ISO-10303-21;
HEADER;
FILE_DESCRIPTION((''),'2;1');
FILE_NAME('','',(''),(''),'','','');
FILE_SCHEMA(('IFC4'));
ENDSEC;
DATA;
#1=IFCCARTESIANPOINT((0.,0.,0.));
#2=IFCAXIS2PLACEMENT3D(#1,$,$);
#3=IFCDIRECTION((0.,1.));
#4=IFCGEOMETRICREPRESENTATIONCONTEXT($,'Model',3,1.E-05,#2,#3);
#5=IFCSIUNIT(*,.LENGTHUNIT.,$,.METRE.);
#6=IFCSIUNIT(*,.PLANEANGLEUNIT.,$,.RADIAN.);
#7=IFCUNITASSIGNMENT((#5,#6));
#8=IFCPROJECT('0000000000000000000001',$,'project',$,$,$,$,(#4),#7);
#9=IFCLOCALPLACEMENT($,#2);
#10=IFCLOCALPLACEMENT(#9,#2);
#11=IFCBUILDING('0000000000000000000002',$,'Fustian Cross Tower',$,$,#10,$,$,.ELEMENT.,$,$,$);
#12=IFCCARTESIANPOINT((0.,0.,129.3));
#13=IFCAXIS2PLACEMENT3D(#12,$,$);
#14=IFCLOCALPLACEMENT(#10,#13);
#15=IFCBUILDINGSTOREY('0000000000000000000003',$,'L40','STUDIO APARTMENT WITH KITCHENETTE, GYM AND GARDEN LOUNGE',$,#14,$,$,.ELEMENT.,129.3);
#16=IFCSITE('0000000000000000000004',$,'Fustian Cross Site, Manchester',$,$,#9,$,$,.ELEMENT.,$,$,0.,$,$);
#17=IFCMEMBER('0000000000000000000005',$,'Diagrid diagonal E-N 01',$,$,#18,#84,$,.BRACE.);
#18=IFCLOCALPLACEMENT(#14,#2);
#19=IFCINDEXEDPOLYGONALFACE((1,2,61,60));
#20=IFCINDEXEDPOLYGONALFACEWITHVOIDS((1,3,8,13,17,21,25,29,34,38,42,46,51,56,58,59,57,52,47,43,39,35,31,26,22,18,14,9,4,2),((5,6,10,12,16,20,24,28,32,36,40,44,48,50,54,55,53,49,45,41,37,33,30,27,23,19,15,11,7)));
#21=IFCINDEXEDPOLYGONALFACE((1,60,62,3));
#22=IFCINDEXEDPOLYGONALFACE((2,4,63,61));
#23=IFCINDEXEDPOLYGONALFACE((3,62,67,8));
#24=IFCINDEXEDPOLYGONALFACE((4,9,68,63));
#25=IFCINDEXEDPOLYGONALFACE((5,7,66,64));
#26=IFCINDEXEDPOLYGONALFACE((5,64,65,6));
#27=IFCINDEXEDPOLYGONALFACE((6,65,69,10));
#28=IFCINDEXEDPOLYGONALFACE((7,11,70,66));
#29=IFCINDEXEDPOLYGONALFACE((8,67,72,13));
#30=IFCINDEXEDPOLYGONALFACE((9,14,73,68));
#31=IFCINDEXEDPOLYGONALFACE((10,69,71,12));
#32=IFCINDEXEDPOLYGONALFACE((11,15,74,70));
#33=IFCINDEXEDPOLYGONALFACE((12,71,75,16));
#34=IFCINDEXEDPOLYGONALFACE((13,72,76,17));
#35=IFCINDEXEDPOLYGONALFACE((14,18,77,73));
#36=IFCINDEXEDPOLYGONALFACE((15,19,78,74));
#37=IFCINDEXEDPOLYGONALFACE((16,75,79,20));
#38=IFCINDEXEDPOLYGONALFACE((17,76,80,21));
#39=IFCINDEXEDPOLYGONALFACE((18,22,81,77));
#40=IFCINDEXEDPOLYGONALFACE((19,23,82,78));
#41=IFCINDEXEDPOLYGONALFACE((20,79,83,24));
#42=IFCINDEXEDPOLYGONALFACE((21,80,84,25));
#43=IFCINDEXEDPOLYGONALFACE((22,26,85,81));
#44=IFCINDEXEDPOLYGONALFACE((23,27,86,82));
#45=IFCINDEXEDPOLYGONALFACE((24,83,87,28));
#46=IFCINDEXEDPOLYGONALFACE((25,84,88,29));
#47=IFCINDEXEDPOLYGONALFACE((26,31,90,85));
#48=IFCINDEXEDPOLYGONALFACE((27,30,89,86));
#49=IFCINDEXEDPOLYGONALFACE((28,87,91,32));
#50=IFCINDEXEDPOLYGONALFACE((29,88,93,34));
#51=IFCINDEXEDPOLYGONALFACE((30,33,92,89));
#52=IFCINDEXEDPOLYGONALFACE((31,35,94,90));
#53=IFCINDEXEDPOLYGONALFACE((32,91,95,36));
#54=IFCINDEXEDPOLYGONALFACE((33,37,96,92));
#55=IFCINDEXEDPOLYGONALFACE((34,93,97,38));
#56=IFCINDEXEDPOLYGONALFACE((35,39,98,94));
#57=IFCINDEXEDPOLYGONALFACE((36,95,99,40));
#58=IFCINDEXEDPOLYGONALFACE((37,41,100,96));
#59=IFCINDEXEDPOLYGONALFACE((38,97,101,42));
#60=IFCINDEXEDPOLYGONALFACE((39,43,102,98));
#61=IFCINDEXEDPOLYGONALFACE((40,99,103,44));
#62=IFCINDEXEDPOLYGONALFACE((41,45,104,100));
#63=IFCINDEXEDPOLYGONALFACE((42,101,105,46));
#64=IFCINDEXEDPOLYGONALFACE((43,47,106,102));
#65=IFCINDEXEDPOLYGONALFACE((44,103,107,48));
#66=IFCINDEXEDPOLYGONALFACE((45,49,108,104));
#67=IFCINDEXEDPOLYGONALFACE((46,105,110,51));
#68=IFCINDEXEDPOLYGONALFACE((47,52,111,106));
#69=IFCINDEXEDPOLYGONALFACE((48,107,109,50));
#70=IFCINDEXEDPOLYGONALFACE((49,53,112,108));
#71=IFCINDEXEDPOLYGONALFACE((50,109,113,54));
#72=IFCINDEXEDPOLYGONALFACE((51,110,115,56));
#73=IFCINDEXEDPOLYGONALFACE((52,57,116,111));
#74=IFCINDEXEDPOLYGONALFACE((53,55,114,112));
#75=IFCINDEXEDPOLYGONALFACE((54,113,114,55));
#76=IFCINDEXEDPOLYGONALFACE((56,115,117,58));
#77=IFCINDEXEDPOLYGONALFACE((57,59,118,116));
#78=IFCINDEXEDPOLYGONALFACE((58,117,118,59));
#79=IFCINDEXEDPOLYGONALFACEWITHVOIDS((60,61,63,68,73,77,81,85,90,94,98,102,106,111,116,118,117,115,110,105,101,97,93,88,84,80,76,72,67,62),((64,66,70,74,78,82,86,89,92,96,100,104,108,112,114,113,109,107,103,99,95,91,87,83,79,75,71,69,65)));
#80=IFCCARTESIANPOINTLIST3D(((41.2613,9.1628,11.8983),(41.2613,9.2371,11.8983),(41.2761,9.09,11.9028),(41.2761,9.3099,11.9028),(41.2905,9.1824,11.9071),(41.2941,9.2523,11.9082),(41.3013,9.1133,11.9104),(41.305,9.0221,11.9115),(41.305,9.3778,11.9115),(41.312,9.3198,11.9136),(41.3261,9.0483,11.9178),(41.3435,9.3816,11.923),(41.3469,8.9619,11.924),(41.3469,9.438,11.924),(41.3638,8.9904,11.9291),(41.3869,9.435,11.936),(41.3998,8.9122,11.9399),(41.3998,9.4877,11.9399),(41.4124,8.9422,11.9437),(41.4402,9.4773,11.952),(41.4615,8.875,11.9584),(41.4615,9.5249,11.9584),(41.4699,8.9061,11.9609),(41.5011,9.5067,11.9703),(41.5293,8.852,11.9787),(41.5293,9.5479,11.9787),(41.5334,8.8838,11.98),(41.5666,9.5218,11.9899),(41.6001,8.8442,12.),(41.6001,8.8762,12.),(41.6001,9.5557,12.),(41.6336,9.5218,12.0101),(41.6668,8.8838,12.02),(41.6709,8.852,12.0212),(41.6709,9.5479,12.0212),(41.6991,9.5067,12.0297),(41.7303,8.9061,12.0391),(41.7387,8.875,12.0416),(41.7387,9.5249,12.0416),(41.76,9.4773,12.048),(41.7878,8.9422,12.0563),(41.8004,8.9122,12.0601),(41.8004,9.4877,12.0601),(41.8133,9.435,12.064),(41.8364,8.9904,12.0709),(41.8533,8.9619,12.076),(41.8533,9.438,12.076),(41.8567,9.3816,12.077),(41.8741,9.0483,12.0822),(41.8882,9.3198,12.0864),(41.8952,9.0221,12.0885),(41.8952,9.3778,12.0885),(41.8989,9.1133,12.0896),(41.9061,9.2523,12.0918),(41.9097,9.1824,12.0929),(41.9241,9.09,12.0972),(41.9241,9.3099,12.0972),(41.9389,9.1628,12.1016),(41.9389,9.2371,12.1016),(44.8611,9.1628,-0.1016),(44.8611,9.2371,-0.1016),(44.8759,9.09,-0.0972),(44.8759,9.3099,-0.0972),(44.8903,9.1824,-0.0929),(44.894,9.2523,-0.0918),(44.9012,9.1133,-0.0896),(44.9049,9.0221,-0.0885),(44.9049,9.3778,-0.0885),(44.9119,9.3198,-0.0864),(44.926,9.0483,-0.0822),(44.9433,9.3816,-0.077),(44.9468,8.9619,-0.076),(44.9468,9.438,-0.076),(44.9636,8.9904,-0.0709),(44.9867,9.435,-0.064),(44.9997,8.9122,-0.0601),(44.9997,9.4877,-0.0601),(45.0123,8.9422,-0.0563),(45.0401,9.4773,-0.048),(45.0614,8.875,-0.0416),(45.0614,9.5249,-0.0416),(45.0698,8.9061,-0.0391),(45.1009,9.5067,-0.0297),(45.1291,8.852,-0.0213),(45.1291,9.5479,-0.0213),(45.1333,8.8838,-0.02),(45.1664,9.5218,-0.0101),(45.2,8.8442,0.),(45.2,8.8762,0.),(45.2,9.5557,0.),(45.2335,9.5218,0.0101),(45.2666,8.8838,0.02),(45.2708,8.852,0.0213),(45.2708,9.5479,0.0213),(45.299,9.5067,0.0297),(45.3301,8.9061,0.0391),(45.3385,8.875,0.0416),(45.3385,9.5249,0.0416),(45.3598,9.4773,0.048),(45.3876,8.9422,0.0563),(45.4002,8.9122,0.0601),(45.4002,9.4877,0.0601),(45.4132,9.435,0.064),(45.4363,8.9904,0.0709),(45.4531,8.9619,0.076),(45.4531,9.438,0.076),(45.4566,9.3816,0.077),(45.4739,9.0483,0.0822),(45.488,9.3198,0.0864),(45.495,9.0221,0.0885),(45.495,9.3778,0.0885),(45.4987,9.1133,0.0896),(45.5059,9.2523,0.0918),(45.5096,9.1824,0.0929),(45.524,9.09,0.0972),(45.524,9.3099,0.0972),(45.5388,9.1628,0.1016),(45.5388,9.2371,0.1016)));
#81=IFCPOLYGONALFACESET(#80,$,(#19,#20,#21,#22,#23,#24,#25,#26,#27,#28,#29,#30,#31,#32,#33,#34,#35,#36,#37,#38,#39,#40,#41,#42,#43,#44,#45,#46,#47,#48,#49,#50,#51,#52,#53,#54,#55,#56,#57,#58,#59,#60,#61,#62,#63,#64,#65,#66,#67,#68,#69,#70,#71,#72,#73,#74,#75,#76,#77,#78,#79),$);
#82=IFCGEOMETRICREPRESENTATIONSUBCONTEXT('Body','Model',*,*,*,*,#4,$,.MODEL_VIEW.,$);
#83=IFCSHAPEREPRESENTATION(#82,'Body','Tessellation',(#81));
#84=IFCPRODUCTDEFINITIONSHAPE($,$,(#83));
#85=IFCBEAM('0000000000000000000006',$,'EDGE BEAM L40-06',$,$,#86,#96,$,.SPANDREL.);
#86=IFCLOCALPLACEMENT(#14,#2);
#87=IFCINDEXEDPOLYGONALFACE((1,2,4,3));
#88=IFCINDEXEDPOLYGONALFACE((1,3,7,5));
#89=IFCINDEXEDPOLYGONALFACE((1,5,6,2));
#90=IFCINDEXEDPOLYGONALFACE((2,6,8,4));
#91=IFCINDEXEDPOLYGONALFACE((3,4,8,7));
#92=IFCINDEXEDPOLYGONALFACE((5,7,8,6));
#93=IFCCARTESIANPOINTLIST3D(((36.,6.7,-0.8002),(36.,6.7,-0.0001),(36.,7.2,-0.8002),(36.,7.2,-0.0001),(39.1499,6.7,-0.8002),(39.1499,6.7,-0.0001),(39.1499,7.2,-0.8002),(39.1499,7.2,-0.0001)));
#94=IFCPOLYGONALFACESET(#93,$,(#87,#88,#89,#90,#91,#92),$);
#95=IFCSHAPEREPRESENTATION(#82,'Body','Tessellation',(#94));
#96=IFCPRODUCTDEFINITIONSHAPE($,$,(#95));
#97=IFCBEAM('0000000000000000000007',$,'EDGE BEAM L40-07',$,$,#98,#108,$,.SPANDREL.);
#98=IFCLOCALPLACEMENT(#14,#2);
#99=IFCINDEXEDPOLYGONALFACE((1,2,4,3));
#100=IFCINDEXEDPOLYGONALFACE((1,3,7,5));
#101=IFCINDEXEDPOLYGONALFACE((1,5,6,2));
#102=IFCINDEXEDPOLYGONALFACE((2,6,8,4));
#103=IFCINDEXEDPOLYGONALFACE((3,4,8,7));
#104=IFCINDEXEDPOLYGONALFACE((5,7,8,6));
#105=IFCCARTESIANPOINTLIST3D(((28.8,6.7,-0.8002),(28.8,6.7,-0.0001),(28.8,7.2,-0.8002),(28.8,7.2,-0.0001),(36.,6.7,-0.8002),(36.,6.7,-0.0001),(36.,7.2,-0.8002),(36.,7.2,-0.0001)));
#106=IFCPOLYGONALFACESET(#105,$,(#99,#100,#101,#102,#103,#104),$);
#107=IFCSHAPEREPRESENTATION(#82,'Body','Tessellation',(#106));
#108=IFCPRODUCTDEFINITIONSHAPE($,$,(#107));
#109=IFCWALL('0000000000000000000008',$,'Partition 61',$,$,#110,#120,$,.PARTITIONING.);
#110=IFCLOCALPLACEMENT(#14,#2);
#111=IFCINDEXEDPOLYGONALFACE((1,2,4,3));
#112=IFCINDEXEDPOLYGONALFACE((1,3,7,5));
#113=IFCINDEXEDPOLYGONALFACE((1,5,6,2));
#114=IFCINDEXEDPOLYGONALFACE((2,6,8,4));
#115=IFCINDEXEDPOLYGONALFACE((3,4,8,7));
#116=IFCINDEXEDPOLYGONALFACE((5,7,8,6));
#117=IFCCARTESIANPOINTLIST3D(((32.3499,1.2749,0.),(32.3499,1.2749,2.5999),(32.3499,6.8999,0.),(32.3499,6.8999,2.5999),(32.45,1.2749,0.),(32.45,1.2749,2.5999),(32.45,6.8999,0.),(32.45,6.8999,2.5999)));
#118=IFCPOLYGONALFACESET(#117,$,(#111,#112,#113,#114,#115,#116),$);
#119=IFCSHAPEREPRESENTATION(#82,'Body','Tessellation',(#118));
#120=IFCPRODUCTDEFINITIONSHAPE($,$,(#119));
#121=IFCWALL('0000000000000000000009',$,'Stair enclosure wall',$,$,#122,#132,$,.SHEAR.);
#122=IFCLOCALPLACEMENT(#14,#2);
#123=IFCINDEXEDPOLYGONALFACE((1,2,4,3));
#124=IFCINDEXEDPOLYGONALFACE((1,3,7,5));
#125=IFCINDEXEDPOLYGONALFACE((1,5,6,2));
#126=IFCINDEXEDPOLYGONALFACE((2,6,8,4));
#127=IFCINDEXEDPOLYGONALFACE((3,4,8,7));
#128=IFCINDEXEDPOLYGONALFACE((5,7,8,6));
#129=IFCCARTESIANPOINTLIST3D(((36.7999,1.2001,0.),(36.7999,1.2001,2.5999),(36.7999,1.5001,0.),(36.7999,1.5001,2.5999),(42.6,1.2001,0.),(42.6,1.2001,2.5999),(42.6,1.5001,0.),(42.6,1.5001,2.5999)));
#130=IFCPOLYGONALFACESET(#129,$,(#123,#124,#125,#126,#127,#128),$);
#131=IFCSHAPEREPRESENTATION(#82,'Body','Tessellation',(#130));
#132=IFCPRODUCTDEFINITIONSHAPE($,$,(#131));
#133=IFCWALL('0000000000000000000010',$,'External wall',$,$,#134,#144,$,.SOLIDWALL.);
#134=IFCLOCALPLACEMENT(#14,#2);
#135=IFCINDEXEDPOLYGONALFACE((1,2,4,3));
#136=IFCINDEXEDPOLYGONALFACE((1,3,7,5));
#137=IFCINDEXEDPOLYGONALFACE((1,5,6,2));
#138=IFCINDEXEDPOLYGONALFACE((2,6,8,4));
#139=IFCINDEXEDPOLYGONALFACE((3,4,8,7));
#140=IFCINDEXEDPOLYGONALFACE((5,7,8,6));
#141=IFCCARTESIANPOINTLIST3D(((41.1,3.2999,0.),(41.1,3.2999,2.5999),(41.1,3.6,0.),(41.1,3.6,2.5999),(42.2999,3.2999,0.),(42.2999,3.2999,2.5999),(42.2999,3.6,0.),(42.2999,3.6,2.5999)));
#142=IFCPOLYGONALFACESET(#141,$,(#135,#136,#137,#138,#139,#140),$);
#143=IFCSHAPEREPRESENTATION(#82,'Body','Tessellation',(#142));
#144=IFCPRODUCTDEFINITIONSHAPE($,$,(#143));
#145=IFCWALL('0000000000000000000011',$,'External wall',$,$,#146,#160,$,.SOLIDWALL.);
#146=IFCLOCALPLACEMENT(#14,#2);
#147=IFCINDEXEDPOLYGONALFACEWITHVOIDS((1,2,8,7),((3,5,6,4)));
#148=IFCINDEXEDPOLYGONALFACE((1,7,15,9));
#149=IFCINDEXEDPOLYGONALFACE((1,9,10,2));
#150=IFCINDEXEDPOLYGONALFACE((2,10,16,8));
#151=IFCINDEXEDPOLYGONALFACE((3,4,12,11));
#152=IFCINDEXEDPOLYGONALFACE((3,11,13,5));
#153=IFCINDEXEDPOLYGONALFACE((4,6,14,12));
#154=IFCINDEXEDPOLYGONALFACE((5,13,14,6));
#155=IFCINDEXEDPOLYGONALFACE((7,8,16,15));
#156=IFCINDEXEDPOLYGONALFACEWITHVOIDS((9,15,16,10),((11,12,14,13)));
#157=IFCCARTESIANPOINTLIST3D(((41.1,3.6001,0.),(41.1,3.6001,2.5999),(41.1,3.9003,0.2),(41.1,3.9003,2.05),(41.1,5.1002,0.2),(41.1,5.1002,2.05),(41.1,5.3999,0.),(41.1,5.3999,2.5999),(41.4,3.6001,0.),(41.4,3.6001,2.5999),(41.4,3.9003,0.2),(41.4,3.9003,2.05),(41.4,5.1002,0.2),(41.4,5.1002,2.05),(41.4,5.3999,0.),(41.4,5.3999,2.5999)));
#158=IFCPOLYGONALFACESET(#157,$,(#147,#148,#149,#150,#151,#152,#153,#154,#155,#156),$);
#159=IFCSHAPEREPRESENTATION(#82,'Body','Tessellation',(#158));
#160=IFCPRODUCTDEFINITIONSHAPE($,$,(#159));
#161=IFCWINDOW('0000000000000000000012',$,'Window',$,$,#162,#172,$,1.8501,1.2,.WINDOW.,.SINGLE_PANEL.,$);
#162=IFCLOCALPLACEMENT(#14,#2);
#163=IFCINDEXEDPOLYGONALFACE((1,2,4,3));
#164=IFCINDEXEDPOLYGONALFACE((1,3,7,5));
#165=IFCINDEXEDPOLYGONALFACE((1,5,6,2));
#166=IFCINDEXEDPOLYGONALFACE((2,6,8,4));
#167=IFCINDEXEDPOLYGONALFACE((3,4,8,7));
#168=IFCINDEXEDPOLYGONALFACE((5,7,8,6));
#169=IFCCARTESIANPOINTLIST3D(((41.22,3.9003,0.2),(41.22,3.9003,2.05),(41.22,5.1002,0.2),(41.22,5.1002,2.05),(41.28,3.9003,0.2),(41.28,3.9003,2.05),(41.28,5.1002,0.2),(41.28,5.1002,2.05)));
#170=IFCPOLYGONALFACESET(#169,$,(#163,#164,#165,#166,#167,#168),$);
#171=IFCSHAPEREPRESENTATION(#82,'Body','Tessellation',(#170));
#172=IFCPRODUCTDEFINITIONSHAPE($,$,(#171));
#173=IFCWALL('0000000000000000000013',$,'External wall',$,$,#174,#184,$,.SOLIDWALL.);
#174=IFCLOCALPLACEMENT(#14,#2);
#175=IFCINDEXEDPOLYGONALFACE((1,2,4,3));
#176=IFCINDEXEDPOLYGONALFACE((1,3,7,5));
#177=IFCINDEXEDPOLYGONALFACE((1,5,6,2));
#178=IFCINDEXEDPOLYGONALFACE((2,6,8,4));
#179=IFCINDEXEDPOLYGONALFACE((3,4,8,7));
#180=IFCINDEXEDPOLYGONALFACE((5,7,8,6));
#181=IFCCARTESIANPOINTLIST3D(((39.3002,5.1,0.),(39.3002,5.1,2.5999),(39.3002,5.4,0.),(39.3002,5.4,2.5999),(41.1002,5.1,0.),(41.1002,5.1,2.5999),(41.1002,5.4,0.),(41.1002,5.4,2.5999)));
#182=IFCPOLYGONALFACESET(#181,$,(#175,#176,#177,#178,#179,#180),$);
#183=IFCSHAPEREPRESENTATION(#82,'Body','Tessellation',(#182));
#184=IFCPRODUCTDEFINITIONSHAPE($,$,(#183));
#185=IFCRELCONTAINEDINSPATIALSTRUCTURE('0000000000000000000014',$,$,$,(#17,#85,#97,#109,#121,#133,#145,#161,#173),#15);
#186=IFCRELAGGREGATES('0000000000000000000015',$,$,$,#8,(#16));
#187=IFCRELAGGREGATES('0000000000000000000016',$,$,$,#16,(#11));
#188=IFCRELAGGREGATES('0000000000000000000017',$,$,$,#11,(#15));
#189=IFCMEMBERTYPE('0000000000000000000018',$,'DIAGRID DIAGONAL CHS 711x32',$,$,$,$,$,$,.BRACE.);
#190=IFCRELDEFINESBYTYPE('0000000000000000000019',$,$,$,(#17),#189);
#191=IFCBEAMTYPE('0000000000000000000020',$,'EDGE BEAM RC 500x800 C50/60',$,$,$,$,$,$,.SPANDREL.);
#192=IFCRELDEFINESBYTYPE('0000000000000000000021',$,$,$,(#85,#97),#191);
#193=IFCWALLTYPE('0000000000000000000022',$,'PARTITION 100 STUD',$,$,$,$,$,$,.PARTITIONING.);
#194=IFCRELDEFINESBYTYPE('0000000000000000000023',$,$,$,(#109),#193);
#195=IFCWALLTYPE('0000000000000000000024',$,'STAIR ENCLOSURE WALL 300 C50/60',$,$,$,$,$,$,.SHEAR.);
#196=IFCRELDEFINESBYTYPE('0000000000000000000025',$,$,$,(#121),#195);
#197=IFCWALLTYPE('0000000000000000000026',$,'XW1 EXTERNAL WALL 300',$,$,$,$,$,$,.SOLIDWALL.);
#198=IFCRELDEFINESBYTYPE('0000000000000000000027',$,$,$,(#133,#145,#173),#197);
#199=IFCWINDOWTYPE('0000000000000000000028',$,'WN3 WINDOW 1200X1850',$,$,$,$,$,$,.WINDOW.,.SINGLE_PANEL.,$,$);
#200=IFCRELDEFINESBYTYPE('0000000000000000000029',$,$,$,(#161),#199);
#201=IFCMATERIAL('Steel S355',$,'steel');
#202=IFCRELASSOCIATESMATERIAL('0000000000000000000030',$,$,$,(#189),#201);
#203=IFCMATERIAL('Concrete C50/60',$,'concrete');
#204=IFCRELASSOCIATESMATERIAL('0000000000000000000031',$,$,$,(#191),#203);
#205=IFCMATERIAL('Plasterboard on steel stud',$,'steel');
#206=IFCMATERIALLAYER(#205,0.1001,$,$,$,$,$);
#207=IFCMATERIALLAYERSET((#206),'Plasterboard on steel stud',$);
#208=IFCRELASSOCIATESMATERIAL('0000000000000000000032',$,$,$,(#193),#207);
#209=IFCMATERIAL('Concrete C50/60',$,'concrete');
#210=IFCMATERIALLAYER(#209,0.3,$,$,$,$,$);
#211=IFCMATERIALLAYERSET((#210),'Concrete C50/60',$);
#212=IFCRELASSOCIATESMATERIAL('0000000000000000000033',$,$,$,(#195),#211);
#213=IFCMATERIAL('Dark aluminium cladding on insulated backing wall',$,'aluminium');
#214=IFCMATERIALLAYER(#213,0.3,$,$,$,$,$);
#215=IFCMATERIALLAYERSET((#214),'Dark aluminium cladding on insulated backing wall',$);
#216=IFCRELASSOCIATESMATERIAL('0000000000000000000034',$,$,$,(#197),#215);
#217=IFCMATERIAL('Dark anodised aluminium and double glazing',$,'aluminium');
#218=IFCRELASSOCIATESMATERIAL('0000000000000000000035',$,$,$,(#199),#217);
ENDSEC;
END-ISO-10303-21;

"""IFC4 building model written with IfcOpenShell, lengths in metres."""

from ifc_helpers import new_model, si_unit, direction, frame, frame_2d, origin, origin_2d, place, context, subcontext, project, spatial, rectangle, hollow_circle, extrude, material, layer, layer_set, material_profile, profile_set, type_object, element, fill, save


model = new_model("IFC4")

# Units and contexts
model_context = context("Model", 3, precision=1e-05, world=origin(), true_north=direction((0.0, 1.0)))
body_context = subcontext(model_context, "Body", "Model", "MODEL_VIEW")
ifc_project = project(units=[si_unit("LENGTHUNIT", "METRE"), si_unit("PLANEANGLEUNIT", "RADIAN")], contexts=[model_context])

# Site, building, storey
site_placement = place(None, origin())
site = spatial("IfcSite", under=ifc_project, at=site_placement, Name="Fustian Cross Site, Manchester", CompositionType="ELEMENT", RefElevation=0.0)
building_placement = place(site_placement, origin())
building = spatial("IfcBuilding", under=site, at=building_placement, Name="Fustian Cross Tower", CompositionType="ELEMENT")
storey_placement = place(building_placement, frame((0.0, 0.0, 129.3)))
storey = spatial("IfcBuildingStorey", under=building, at=storey_placement, Name="L40", Description="STUDIO APARTMENT WITH KITCHENETTE, GYM AND GARDEN LOUNGE", CompositionType="ELEMENT", Elevation=129.3)

# Member
ifc_material_1 = material(Name="Steel S355", Category="steel")
ifc_material_profile_1 = material_profile(ifc_material_1, hollow_circle(Radius=0.3557, WallThickness=0.032, at=origin_2d()), Name="CHS 711x32")
ifc_profile_set_1 = profile_set([ifc_material_profile_1], Name="Steel S355")
member_type_1 = type_object("IfcMemberType", Name="DIAGRID DIAGONAL CHS 711x32", PredefinedType="BRACE", material=ifc_profile_set_1)
member_1_placement = place(storey_placement, frame((45.2, 9.2, 0.0), z_axis=(-0.287337, 0.0, 0.95783), x_axis=(0.0, -1.0, 0.0)))
element("IfcMember", 1, at=member_1_placement, inside=storey, type_object=member_type_1, Name="Diagrid diagonal E-N 01", PredefinedType="BRACE", context=body_context, shape_type="SweptSolid", body=[
    extrude(hollow_circle(Radius=0.3557, WallThickness=0.032, at=origin_2d()), origin(), (0.0, 0.0, 1.0), 12.5283),
])

# Beams
ifc_material_2 = material(Name="Concrete C50/60", Category="concrete")
ifc_material_profile_2 = material_profile(ifc_material_2, rectangle(XDim=0.5, YDim=0.8, at=origin_2d()), Name="RC 500x800")
ifc_profile_set_2 = profile_set([ifc_material_profile_2], Name="Concrete C50/60")
beam_type = type_object("IfcBeamType", Name="EDGE BEAM RC 500x800 C50/60", PredefinedType="SPANDREL", material=ifc_profile_set_2)
beam_1_placement = place(storey_placement, frame((39.1499, 6.95, -0.4001), z_axis=(-1.0, 0.0, 0.0), x_axis=(0.0, -1.0, 0.0)))
element("IfcBeam", 2, at=beam_1_placement, inside=storey, type_object=beam_type, Name="EDGE BEAM L40-06", PredefinedType="SPANDREL", context=body_context, shape_type="SweptSolid", body=[
    extrude(rectangle(XDim=0.5, YDim=0.8, at=origin_2d()), origin(), (0.0, 0.0, 1.0), 3.1499),
])
beam_2_placement = place(storey_placement, frame((36.0, 6.95, -0.4001), z_axis=(-1.0, 0.0, 0.0), x_axis=(0.0, -1.0, 0.0)))
element("IfcBeam", 3, at=beam_2_placement, inside=storey, type_object=beam_type, Name="EDGE BEAM L40-07", PredefinedType="SPANDREL", context=body_context, shape_type="SweptSolid", body=[
    extrude(rectangle(XDim=0.5, YDim=0.8, at=origin_2d()), origin(), (0.0, 0.0, 1.0), 7.2),
])

# Walls
ifc_material_3 = material(Name="Plasterboard on steel stud", Category="steel")
ifc_layer_1 = layer(ifc_material_3, 0.1001)
ifc_layer_set_1 = layer_set([ifc_layer_1], Name="Plasterboard on steel stud")
wall_type_1 = type_object("IfcWallType", Name="PARTITION 100 STUD", PredefinedType="PARTITIONING", material=ifc_layer_set_1)
wall_1_placement = place(storey_placement, frame((32.3999, 1.2749, 0.0), z_axis=(0.0, 0.0, 1.0), x_axis=(0.0, 1.0, 0.0)))
element("IfcWall", 4, at=wall_1_placement, inside=storey, type_object=wall_type_1, Name="Partition 61", PredefinedType="PARTITIONING", context=body_context, shape_type="SweptSolid", body=[
    extrude(rectangle(XDim=5.625, YDim=0.1001, at=frame_2d((2.8125, 0.0))), origin(), (0.0, 0.0, 1.0), 2.5999),
])
ifc_material_4 = material(Name="Concrete C50/60", Category="concrete")
ifc_layer_2 = layer(ifc_material_4, 0.3)
ifc_layer_set_2 = layer_set([ifc_layer_2], Name="Concrete C50/60")
wall_type_2 = type_object("IfcWallType", Name="STAIR ENCLOSURE WALL 300 C50/60", PredefinedType="SHEAR", material=ifc_layer_set_2)
wall_2_placement = place(storey_placement, frame((36.8, 1.3501, 0.0), z_axis=(0.0, 0.0, 1.0), x_axis=(1.0, 0.0, 0.0)))
element("IfcWall", 5, at=wall_2_placement, inside=storey, type_object=wall_type_2, Name="Stair enclosure wall", PredefinedType="SHEAR", context=body_context, shape_type="SweptSolid", body=[
    extrude(rectangle(XDim=5.8, YDim=0.3, at=frame_2d((2.8999, 0.0))), origin(), (0.0, 0.0, 1.0), 2.5999),
])
ifc_material_5 = material(Name="Dark aluminium cladding on insulated backing wall", Category="aluminium")
ifc_layer_3 = layer(ifc_material_5, 0.3)
ifc_layer_set_3 = layer_set([ifc_layer_3], Name="Dark aluminium cladding on insulated backing wall")
wall_type_3 = type_object("IfcWallType", Name="XW1 EXTERNAL WALL 300", PredefinedType="SOLIDWALL", material=ifc_layer_set_3)
wall_3_placement = place(storey_placement, frame((42.3, 3.45, 0.0), z_axis=(0.0, 0.0, 1.0), x_axis=(-1.0, 0.0, 0.0)))
element("IfcWall", 6, at=wall_3_placement, inside=storey, type_object=wall_type_3, Name="External wall", PredefinedType="SOLIDWALL", context=body_context, shape_type="SweptSolid", body=[
    extrude(rectangle(XDim=1.2, YDim=0.3, at=frame_2d((0.6001, 0.0))), origin(), (0.0, 0.0, 1.0), 2.5999),
])

# Wall, opening, window
wall_4_placement = place(storey_placement, frame((41.25, 3.6001, 0.0), z_axis=(0.0, 0.0, 1.0), x_axis=(0.0, 1.0, 0.0)))
wall_4 = element("IfcWall", 7, at=wall_4_placement, inside=storey, type_object=wall_type_3, Name="External wall", PredefinedType="SOLIDWALL", context=body_context, shape_type="SweptSolid", body=[
    extrude(rectangle(XDim=1.7998, YDim=0.3, at=frame_2d((0.8999, 0.0))), origin(), (0.0, 0.0, 1.0), 2.5999),
])
opening_1_placement = place(wall_4_placement, frame((0.3, 0.0, 0.2)))
opening_1 = element("IfcOpeningElement", 8, at=opening_1_placement, cuts=wall_4, PredefinedType="OPENING", context=body_context, shape_type="SweptSolid", body=[
    extrude(rectangle(XDim=1.2, YDim=1.8501, at=frame_2d((0.6001, 0.925))), frame((0.0, 0.1599, 0.0), z_axis=(0.0, -1.0, 0.0), x_axis=(1.0, 0.0, 0.0)), (0.0, 0.0, 1.0), 0.3201),
])
ifc_material_6 = material(Name="Dark anodised aluminium and double glazing", Category="aluminium")
window_type_1 = type_object("IfcWindowType", Name="WN3 WINDOW 1200X1850", PartitioningType="SINGLE_PANEL", PredefinedType="WINDOW", material=ifc_material_6)
window_1_placement = place(opening_1_placement, origin())
window_1 = element("IfcWindow", 9, at=window_1_placement, inside=storey, type_object=window_type_1, Name="Window", OverallHeight=1.8501, OverallWidth=1.2, PartitioningType="SINGLE_PANEL", PredefinedType="WINDOW", context=body_context, shape_type="SweptSolid", body=[
    extrude(rectangle(XDim=1.2, YDim=1.8501, at=frame_2d((0.6001, 0.925))), frame((0.0, 0.03, 0.0), z_axis=(0.0, -1.0, 0.0), x_axis=(1.0, 0.0, 0.0)), (0.0, 0.0, 1.0), 0.0601),
])
fill(opening_1, window_1)

# Wall
wall_5_placement = place(storey_placement, frame((41.1001, 5.25, 0.0), z_axis=(0.0, 0.0, 1.0), x_axis=(-1.0, 0.0, 0.0)))
element("IfcWall", 10, at=wall_5_placement, inside=storey, type_object=wall_type_3, Name="External wall", PredefinedType="SOLIDWALL", context=body_context, shape_type="SweptSolid", body=[
    extrude(rectangle(XDim=1.8, YDim=0.3, at=frame_2d((0.8999, 0.0))), origin(), (0.0, 0.0, 1.0), 2.5999),
])

save(model, "model.ifc")
